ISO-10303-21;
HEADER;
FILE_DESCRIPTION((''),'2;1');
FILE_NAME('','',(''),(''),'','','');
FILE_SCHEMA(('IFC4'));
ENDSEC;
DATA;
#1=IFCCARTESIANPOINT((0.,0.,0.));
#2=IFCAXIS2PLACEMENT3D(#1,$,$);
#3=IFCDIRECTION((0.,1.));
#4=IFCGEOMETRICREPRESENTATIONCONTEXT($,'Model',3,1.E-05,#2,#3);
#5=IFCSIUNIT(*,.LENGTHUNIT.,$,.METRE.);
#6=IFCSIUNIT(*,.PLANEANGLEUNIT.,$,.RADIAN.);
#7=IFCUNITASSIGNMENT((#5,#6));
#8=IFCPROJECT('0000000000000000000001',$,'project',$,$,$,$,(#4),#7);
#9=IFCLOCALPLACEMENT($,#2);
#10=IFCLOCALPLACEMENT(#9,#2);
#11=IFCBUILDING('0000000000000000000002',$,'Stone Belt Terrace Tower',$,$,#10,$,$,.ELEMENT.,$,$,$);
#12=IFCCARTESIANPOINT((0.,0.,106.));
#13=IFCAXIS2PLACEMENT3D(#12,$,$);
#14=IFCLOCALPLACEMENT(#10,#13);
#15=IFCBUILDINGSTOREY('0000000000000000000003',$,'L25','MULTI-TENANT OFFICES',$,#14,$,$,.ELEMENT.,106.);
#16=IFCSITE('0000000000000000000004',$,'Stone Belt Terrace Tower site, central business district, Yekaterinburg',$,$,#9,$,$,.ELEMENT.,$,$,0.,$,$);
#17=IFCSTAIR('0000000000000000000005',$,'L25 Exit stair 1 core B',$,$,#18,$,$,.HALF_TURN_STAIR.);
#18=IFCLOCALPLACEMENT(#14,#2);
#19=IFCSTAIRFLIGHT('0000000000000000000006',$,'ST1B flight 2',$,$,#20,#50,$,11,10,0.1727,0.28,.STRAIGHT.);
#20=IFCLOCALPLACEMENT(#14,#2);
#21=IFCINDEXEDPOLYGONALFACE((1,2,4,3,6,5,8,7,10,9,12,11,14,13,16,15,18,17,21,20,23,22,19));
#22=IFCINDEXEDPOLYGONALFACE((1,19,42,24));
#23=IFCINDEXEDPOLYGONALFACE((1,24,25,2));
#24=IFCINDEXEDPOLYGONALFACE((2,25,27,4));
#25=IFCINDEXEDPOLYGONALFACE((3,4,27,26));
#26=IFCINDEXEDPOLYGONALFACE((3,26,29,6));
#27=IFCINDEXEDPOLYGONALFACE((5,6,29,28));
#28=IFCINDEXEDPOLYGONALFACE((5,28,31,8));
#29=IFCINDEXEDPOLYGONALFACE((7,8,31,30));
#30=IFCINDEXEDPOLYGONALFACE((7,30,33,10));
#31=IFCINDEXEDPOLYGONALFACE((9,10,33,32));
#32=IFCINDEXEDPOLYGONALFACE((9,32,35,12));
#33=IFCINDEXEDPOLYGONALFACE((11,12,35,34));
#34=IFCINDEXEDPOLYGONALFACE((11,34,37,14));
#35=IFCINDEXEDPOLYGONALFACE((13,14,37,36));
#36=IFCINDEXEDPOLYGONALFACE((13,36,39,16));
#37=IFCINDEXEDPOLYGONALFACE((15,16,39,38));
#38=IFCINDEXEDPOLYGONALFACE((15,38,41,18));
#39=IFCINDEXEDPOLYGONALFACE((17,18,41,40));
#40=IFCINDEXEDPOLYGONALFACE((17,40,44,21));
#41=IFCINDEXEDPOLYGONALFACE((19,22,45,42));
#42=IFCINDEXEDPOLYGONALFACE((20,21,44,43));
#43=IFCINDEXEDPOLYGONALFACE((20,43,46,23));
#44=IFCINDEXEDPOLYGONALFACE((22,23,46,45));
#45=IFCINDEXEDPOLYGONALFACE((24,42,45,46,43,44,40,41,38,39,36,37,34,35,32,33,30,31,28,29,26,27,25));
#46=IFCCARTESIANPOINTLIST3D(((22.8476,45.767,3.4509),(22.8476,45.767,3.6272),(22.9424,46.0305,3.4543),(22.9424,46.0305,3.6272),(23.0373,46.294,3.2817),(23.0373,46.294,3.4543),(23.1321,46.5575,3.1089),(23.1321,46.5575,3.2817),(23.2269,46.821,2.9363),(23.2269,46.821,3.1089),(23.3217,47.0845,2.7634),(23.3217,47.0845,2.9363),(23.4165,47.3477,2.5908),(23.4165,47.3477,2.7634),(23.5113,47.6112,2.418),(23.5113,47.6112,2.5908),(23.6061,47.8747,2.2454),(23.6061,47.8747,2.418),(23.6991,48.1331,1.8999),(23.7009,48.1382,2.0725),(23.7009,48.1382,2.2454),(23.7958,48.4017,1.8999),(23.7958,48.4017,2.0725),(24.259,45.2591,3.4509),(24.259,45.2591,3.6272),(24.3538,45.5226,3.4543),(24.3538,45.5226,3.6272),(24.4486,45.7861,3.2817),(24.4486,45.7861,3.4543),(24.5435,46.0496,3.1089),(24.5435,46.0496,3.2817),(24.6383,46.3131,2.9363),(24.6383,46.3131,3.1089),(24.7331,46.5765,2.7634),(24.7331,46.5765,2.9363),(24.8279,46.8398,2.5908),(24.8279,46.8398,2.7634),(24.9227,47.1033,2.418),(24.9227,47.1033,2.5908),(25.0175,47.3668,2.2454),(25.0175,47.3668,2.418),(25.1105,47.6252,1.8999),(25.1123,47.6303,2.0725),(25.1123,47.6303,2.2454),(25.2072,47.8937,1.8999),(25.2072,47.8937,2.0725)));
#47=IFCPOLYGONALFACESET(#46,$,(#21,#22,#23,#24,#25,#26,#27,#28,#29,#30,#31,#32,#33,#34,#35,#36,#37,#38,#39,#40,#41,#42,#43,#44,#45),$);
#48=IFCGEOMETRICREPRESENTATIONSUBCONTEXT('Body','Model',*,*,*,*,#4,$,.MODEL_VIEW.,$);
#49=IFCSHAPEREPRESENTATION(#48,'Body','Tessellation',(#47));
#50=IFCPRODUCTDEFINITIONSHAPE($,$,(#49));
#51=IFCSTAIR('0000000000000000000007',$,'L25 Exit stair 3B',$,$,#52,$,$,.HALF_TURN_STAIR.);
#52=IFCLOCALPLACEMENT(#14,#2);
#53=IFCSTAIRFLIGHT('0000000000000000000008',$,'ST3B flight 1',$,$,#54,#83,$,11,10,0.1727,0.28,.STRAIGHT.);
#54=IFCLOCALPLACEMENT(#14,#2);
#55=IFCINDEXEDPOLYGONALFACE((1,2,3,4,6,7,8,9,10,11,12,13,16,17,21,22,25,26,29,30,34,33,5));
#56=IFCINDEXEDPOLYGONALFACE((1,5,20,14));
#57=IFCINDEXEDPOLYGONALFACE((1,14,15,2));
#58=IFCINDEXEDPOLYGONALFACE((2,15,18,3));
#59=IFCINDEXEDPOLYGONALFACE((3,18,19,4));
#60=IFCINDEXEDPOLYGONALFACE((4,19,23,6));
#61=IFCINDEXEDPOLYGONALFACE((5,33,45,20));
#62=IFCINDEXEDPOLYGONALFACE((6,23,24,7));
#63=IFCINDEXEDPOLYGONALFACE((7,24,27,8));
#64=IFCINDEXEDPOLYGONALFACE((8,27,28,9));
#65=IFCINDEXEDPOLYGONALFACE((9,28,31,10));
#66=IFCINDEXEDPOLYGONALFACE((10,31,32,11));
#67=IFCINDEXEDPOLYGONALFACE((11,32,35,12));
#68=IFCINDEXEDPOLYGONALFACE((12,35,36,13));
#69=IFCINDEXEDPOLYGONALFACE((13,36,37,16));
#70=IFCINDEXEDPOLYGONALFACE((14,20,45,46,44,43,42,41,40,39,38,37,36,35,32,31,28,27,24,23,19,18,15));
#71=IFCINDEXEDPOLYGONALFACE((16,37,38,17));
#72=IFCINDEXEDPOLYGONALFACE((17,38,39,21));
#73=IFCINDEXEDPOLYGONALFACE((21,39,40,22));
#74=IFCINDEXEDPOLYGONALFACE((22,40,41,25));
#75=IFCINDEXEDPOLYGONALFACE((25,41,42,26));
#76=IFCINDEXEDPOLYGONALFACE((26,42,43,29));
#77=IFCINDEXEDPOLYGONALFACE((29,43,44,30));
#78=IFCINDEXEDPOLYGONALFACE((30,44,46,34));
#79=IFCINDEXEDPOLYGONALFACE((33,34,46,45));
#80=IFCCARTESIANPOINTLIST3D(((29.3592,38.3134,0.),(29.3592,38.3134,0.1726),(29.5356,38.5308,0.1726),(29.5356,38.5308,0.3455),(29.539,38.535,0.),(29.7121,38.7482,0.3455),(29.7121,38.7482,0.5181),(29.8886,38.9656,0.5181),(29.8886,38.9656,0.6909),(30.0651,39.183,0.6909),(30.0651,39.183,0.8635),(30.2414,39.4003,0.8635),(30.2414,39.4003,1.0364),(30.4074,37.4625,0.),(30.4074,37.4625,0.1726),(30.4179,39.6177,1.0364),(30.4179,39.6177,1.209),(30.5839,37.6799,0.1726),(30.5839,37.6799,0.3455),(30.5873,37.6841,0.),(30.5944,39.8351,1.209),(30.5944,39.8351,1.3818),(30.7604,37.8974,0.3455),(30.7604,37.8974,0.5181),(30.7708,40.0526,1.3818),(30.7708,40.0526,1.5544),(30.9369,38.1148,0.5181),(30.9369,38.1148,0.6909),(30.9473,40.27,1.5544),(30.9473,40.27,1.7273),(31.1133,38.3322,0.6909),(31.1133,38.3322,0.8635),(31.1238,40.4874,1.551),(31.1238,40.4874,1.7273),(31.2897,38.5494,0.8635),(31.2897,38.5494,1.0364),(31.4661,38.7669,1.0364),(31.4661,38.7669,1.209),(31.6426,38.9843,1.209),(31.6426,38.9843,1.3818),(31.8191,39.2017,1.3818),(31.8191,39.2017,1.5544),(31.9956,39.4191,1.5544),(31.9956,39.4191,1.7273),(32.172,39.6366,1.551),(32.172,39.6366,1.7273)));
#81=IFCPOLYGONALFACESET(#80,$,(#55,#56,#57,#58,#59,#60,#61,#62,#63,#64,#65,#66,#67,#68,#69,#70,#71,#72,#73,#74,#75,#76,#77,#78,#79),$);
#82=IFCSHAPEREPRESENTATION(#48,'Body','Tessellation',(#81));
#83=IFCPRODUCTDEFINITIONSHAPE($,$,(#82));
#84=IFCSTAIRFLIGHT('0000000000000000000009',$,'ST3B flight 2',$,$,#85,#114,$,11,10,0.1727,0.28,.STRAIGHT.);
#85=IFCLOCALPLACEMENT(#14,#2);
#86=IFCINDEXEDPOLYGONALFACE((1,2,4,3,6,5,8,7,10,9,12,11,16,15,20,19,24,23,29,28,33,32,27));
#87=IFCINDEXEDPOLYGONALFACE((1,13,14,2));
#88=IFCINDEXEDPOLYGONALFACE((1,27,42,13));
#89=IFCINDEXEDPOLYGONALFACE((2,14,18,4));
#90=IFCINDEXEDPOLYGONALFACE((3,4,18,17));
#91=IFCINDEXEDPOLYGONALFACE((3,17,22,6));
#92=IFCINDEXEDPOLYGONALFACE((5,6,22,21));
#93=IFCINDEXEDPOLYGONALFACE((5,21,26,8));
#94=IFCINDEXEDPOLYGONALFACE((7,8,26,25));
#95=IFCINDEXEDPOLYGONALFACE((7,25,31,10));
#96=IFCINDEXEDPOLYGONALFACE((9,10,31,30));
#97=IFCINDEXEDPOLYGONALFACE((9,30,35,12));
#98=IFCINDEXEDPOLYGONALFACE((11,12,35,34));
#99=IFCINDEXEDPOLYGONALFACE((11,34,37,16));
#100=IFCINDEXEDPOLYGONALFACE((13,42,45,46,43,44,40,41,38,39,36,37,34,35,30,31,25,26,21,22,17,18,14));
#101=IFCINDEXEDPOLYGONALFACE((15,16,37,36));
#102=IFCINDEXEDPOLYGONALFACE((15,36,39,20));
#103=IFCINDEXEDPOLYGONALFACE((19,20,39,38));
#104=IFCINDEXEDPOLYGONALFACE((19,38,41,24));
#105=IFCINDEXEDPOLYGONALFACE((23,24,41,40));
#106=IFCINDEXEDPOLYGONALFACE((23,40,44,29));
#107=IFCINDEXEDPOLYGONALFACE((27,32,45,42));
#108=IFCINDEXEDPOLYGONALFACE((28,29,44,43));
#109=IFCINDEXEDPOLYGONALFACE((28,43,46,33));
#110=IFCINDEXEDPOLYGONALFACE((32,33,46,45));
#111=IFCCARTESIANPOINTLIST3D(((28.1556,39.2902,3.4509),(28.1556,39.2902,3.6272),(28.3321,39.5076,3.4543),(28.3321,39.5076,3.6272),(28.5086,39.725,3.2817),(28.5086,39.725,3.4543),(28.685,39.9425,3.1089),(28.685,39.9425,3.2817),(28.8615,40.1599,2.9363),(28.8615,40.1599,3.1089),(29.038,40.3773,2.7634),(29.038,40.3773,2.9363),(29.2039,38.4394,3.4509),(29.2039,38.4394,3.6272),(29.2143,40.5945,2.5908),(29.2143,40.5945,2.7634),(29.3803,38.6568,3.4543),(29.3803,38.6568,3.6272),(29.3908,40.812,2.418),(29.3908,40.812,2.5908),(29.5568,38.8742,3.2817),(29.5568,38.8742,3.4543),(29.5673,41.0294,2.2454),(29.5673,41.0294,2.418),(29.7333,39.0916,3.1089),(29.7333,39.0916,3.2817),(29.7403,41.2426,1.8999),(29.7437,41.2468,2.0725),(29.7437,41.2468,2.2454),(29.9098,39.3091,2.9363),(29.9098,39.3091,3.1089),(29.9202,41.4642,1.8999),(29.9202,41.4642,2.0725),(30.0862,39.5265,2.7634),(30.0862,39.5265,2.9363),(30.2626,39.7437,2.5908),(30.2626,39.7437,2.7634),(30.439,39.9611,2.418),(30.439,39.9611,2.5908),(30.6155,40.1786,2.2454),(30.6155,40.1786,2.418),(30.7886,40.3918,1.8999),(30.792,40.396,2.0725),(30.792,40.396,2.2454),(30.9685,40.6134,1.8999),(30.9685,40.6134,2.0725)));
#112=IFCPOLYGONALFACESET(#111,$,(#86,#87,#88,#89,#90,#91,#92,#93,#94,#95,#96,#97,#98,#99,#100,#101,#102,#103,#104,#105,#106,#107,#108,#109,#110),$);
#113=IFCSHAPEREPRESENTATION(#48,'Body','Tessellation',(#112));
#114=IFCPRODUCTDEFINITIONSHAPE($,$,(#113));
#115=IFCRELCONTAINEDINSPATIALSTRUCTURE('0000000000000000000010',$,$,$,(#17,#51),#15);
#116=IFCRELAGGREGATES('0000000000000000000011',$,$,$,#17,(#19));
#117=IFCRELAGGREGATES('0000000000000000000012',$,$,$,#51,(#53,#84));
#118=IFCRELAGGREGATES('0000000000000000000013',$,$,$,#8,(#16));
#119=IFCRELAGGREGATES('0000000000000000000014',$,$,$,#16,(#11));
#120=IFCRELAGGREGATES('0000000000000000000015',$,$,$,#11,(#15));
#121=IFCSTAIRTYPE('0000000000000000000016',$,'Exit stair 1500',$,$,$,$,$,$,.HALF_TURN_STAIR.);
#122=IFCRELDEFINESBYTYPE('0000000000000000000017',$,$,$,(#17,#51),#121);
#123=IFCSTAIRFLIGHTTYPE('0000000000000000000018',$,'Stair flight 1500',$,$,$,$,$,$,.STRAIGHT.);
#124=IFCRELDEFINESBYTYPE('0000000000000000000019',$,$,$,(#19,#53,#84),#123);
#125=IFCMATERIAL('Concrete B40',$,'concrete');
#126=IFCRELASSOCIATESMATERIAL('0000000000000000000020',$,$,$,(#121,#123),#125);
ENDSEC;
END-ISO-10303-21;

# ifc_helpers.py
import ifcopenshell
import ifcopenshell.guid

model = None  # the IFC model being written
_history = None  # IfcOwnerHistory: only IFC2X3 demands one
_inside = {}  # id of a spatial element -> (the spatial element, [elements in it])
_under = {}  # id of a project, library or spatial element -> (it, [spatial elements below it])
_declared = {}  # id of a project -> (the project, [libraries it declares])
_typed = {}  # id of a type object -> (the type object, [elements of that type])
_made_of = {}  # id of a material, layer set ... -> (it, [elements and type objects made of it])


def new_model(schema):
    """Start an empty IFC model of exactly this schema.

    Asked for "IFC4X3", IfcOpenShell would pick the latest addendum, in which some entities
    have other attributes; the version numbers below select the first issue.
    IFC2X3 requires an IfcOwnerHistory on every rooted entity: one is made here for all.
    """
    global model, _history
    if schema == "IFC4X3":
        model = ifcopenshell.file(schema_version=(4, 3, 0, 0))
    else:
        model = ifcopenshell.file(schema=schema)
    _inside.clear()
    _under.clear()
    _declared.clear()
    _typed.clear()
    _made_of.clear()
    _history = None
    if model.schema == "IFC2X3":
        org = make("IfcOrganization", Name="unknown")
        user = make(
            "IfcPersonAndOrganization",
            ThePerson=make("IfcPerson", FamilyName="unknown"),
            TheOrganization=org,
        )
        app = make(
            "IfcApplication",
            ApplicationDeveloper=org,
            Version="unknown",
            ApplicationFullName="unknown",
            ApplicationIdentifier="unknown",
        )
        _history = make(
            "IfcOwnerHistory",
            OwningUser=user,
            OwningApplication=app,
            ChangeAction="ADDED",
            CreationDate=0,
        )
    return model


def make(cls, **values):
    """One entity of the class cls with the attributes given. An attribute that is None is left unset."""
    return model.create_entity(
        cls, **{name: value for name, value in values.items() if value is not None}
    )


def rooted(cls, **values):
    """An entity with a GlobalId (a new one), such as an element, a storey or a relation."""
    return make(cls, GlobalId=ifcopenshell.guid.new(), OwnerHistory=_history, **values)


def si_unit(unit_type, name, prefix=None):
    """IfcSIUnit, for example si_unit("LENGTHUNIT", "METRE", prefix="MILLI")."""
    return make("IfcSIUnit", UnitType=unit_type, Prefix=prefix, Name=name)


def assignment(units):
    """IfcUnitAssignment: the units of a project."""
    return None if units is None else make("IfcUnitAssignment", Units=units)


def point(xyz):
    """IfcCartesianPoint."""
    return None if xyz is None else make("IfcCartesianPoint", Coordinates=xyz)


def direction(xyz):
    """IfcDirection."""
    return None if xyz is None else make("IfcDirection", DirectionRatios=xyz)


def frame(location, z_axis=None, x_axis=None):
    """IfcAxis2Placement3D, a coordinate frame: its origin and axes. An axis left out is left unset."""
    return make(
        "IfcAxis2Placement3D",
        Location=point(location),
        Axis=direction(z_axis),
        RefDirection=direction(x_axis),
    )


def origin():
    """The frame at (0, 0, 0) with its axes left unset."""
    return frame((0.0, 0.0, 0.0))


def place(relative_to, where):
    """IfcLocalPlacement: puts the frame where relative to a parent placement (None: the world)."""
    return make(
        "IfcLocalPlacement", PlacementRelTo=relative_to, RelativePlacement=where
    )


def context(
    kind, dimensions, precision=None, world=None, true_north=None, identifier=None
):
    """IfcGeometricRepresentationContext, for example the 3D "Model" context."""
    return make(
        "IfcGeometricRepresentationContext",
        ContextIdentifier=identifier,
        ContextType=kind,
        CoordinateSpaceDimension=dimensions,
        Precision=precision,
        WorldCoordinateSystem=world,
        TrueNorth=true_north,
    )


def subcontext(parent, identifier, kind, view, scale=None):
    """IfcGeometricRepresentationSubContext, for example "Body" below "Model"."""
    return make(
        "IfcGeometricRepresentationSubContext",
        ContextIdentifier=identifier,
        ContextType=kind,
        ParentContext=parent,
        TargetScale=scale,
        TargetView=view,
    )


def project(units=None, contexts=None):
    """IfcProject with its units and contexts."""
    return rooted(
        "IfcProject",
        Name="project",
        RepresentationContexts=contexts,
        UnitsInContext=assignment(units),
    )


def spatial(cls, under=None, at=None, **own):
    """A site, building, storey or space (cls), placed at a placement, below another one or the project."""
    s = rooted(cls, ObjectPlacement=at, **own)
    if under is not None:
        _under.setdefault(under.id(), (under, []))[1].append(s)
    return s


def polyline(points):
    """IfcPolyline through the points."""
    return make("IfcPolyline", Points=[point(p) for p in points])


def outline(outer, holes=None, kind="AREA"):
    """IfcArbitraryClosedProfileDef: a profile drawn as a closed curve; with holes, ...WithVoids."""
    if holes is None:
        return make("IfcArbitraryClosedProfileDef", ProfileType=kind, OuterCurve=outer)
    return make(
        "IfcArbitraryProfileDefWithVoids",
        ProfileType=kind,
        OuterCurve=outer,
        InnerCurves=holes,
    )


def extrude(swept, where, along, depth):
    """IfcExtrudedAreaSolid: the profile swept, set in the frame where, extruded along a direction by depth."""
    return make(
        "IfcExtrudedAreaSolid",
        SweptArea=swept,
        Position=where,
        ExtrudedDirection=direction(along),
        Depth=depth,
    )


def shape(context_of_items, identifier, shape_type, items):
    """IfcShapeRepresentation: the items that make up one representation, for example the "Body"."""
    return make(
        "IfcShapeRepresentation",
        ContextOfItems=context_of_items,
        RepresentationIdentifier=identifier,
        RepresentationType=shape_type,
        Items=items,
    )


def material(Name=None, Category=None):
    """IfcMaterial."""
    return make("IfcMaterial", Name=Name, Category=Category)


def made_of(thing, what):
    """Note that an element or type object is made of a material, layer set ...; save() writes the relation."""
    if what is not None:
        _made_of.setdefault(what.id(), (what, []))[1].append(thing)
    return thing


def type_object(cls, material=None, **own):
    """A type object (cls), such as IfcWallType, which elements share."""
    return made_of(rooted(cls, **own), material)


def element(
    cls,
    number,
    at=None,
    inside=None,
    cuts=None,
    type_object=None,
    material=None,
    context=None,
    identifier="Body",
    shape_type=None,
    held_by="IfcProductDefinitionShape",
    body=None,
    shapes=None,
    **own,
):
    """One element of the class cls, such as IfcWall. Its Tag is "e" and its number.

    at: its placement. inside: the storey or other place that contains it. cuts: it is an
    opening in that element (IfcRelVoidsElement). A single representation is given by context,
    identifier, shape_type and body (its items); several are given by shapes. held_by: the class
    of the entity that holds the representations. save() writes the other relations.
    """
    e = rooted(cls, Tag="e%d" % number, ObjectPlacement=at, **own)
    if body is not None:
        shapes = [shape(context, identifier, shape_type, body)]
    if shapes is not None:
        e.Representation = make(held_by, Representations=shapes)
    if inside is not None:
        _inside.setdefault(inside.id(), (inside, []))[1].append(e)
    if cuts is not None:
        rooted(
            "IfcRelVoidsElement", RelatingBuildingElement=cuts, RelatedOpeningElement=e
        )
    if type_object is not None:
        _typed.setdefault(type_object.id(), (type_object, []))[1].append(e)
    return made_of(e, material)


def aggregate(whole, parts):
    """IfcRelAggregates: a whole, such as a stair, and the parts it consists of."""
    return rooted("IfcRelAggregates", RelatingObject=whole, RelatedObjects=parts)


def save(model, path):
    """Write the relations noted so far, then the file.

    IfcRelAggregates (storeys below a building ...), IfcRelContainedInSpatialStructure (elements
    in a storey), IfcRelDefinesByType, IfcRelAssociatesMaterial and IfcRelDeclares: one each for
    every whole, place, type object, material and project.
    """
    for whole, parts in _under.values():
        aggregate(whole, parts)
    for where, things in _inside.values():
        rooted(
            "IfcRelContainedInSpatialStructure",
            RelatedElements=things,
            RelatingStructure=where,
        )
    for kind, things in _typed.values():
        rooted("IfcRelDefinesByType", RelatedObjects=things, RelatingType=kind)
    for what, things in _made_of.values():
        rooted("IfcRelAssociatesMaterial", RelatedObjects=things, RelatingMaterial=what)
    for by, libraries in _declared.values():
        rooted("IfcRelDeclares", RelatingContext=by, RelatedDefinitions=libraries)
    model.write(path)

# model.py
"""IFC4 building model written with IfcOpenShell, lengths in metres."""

from ifc_helpers import new_model, si_unit, direction, frame, origin, place, context, subcontext, project, spatial, polyline, outline, extrude, material, type_object, element, aggregate, save


model = new_model("IFC4")

# Units and contexts
model_context = context("Model", 3, precision=1e-05, world=origin(), true_north=direction((0.0, 1.0)))
body_context = subcontext(model_context, "Body", "Model", "MODEL_VIEW")
ifc_project = project(units=[si_unit("LENGTHUNIT", "METRE"), si_unit("PLANEANGLEUNIT", "RADIAN")], contexts=[model_context])

# Site, building, storey
site_placement = place(None, origin())
site = spatial("IfcSite", under=ifc_project, at=site_placement, Name="Stone Belt Terrace Tower site, central business district, Yekaterinburg", CompositionType="ELEMENT", RefElevation=0.0)
building_placement = place(site_placement, origin())
building = spatial("IfcBuilding", under=site, at=building_placement, Name="Stone Belt Terrace Tower", CompositionType="ELEMENT")
storey_placement = place(building_placement, frame((0.0, 0.0, 106.0)))
storey = spatial("IfcBuildingStorey", under=building, at=storey_placement, Name="L25", Description="MULTI-TENANT OFFICES", CompositionType="ELEMENT", Elevation=106.0)

# Stairs, stair flights
ifc_material_1 = material(Name="Concrete B40", Category="concrete")
stair_type = type_object("IfcStairType", Name="Exit stair 1500", PredefinedType="HALF_TURN_STAIR", material=ifc_material_1)
stair_1_placement = place(storey_placement, origin())
stair_1 = element("IfcStair", 1, at=stair_1_placement, inside=storey, type_object=stair_type, Name="L25 Exit stair 1 core B", PredefinedType="HALF_TURN_STAIR")
stair_flight_type = type_object("IfcStairFlightType", Name="Stair flight 1500", PredefinedType="STRAIGHT", material=ifc_material_1)
stair_flight_1_placement = place(storey_placement, frame((24.5015, 48.1477, 1.8999), z_axis=(0.0, 0.0, 1.0), x_axis=(-0.338624, -0.940922, 0.0)))
stair_flight_1 = element("IfcStairFlight", 2, at=stair_flight_1_placement, type_object=stair_flight_type, Name="ST1B flight 2", NumberOfRisers=11, NumberOfTreads=10, PredefinedType="STRAIGHT", RiserHeight=0.1727, TreadLength=0.28, context=body_context, shape_type="SweptSolid", body=[
    extrude(outline(polyline([(0.0, 0.0), (0.0, 0.1726), (0.28, 0.1726), (0.28, 0.3455), (0.5601, 0.3455), (0.5601, 0.5181), (0.8401, 0.5181), (0.8401, 0.6909), (1.1201, 0.6909), (1.1201, 0.8635), (1.3999, 0.8635), (1.3999, 1.0364), (1.6799, 1.0364), (1.6799, 1.209), (1.96, 1.209), (1.96, 1.3818), (2.24, 1.3818), (2.24, 1.5544), (2.52, 1.5544), (2.52, 1.7273), (2.8, 1.7273), (2.8, 1.8999), (2.8, 1.551), (0.2854, 0.0), (0.0, 0.0)])), frame((0.0, 0.75, 0.0), z_axis=(0.0, -1.0, 0.0), x_axis=(1.0, 0.0, 0.0)), (0.0, 0.0, 1.0), 1.5),
])
aggregate(stair_1, [stair_flight_1])
stair_2_placement = place(storey_placement, origin())
stair_2 = element("IfcStair", 3, at=stair_2_placement, inside=storey, type_object=stair_type, Name="L25 Exit stair 3B", PredefinedType="HALF_TURN_STAIR")
stair_flight_2_placement = place(storey_placement, frame((29.8833, 37.8879, 0.0), z_axis=(0.0, 0.0, 1.0), x_axis=(0.630206, 0.776428, 0.0)))
stair_flight_2 = element("IfcStairFlight", 4, at=stair_flight_2_placement, type_object=stair_flight_type, Name="ST3B flight 1", NumberOfRisers=11, NumberOfTreads=10, PredefinedType="STRAIGHT", RiserHeight=0.1727, TreadLength=0.28, context=body_context, shape_type="SweptSolid", body=[
    extrude(outline(polyline([(0.0, 0.0), (0.0, 0.1726), (0.28, 0.1726), (0.28, 0.3455), (0.5601, 0.3455), (0.5601, 0.5181), (0.8401, 0.5181), (0.8401, 0.6909), (1.1201, 0.6909), (1.1201, 0.8635), (1.3999, 0.8635), (1.3999, 1.0364), (1.6799, 1.0364), (1.6799, 1.209), (1.96, 1.209), (1.96, 1.3818), (2.24, 1.3818), (2.24, 1.5544), (2.52, 1.5544), (2.52, 1.7273), (2.8, 1.7273), (2.8, 1.8999), (2.8, 1.551), (0.2854, 0.0), (0.0, 0.0)])), frame((0.0, 0.675, 0.0), z_axis=(0.0, -1.0, 0.0), x_axis=(1.0, 0.0, 0.0)), (0.0, 0.0, 1.0), 1.3501),
])
stair_flight_3_placement = place(storey_placement, frame((30.4443, 41.0388, 1.8999), z_axis=(0.0, 0.0, 1.0), x_axis=(-0.630206, -0.776428, 0.0)))
stair_flight_3 = element("IfcStairFlight", 5, at=stair_flight_3_placement, type_object=stair_flight_type, Name="ST3B flight 2", NumberOfRisers=11, NumberOfTreads=10, PredefinedType="STRAIGHT", RiserHeight=0.1727, TreadLength=0.28, context=body_context, shape_type="SweptSolid", body=[
    extrude(outline(polyline([(0.0, 0.0), (0.0, 0.1726), (0.28, 0.1726), (0.28, 0.3455), (0.5601, 0.3455), (0.5601, 0.5181), (0.8401, 0.5181), (0.8401, 0.6909), (1.1201, 0.6909), (1.1201, 0.8635), (1.3999, 0.8635), (1.3999, 1.0364), (1.6799, 1.0364), (1.6799, 1.209), (1.96, 1.209), (1.96, 1.3818), (2.24, 1.3818), (2.24, 1.5544), (2.52, 1.5544), (2.52, 1.7273), (2.8, 1.7273), (2.8, 1.8999), (2.8, 1.551), (0.2854, 0.0), (0.0, 0.0)])), frame((0.0, 0.675, 0.0), z_axis=(0.0, -1.0, 0.0), x_axis=(1.0, 0.0, 0.0)), (0.0, 0.0, 1.0), 1.3501),
])
aggregate(stair_2, [stair_flight_2, stair_flight_3])

save(model, "model.ifc")
